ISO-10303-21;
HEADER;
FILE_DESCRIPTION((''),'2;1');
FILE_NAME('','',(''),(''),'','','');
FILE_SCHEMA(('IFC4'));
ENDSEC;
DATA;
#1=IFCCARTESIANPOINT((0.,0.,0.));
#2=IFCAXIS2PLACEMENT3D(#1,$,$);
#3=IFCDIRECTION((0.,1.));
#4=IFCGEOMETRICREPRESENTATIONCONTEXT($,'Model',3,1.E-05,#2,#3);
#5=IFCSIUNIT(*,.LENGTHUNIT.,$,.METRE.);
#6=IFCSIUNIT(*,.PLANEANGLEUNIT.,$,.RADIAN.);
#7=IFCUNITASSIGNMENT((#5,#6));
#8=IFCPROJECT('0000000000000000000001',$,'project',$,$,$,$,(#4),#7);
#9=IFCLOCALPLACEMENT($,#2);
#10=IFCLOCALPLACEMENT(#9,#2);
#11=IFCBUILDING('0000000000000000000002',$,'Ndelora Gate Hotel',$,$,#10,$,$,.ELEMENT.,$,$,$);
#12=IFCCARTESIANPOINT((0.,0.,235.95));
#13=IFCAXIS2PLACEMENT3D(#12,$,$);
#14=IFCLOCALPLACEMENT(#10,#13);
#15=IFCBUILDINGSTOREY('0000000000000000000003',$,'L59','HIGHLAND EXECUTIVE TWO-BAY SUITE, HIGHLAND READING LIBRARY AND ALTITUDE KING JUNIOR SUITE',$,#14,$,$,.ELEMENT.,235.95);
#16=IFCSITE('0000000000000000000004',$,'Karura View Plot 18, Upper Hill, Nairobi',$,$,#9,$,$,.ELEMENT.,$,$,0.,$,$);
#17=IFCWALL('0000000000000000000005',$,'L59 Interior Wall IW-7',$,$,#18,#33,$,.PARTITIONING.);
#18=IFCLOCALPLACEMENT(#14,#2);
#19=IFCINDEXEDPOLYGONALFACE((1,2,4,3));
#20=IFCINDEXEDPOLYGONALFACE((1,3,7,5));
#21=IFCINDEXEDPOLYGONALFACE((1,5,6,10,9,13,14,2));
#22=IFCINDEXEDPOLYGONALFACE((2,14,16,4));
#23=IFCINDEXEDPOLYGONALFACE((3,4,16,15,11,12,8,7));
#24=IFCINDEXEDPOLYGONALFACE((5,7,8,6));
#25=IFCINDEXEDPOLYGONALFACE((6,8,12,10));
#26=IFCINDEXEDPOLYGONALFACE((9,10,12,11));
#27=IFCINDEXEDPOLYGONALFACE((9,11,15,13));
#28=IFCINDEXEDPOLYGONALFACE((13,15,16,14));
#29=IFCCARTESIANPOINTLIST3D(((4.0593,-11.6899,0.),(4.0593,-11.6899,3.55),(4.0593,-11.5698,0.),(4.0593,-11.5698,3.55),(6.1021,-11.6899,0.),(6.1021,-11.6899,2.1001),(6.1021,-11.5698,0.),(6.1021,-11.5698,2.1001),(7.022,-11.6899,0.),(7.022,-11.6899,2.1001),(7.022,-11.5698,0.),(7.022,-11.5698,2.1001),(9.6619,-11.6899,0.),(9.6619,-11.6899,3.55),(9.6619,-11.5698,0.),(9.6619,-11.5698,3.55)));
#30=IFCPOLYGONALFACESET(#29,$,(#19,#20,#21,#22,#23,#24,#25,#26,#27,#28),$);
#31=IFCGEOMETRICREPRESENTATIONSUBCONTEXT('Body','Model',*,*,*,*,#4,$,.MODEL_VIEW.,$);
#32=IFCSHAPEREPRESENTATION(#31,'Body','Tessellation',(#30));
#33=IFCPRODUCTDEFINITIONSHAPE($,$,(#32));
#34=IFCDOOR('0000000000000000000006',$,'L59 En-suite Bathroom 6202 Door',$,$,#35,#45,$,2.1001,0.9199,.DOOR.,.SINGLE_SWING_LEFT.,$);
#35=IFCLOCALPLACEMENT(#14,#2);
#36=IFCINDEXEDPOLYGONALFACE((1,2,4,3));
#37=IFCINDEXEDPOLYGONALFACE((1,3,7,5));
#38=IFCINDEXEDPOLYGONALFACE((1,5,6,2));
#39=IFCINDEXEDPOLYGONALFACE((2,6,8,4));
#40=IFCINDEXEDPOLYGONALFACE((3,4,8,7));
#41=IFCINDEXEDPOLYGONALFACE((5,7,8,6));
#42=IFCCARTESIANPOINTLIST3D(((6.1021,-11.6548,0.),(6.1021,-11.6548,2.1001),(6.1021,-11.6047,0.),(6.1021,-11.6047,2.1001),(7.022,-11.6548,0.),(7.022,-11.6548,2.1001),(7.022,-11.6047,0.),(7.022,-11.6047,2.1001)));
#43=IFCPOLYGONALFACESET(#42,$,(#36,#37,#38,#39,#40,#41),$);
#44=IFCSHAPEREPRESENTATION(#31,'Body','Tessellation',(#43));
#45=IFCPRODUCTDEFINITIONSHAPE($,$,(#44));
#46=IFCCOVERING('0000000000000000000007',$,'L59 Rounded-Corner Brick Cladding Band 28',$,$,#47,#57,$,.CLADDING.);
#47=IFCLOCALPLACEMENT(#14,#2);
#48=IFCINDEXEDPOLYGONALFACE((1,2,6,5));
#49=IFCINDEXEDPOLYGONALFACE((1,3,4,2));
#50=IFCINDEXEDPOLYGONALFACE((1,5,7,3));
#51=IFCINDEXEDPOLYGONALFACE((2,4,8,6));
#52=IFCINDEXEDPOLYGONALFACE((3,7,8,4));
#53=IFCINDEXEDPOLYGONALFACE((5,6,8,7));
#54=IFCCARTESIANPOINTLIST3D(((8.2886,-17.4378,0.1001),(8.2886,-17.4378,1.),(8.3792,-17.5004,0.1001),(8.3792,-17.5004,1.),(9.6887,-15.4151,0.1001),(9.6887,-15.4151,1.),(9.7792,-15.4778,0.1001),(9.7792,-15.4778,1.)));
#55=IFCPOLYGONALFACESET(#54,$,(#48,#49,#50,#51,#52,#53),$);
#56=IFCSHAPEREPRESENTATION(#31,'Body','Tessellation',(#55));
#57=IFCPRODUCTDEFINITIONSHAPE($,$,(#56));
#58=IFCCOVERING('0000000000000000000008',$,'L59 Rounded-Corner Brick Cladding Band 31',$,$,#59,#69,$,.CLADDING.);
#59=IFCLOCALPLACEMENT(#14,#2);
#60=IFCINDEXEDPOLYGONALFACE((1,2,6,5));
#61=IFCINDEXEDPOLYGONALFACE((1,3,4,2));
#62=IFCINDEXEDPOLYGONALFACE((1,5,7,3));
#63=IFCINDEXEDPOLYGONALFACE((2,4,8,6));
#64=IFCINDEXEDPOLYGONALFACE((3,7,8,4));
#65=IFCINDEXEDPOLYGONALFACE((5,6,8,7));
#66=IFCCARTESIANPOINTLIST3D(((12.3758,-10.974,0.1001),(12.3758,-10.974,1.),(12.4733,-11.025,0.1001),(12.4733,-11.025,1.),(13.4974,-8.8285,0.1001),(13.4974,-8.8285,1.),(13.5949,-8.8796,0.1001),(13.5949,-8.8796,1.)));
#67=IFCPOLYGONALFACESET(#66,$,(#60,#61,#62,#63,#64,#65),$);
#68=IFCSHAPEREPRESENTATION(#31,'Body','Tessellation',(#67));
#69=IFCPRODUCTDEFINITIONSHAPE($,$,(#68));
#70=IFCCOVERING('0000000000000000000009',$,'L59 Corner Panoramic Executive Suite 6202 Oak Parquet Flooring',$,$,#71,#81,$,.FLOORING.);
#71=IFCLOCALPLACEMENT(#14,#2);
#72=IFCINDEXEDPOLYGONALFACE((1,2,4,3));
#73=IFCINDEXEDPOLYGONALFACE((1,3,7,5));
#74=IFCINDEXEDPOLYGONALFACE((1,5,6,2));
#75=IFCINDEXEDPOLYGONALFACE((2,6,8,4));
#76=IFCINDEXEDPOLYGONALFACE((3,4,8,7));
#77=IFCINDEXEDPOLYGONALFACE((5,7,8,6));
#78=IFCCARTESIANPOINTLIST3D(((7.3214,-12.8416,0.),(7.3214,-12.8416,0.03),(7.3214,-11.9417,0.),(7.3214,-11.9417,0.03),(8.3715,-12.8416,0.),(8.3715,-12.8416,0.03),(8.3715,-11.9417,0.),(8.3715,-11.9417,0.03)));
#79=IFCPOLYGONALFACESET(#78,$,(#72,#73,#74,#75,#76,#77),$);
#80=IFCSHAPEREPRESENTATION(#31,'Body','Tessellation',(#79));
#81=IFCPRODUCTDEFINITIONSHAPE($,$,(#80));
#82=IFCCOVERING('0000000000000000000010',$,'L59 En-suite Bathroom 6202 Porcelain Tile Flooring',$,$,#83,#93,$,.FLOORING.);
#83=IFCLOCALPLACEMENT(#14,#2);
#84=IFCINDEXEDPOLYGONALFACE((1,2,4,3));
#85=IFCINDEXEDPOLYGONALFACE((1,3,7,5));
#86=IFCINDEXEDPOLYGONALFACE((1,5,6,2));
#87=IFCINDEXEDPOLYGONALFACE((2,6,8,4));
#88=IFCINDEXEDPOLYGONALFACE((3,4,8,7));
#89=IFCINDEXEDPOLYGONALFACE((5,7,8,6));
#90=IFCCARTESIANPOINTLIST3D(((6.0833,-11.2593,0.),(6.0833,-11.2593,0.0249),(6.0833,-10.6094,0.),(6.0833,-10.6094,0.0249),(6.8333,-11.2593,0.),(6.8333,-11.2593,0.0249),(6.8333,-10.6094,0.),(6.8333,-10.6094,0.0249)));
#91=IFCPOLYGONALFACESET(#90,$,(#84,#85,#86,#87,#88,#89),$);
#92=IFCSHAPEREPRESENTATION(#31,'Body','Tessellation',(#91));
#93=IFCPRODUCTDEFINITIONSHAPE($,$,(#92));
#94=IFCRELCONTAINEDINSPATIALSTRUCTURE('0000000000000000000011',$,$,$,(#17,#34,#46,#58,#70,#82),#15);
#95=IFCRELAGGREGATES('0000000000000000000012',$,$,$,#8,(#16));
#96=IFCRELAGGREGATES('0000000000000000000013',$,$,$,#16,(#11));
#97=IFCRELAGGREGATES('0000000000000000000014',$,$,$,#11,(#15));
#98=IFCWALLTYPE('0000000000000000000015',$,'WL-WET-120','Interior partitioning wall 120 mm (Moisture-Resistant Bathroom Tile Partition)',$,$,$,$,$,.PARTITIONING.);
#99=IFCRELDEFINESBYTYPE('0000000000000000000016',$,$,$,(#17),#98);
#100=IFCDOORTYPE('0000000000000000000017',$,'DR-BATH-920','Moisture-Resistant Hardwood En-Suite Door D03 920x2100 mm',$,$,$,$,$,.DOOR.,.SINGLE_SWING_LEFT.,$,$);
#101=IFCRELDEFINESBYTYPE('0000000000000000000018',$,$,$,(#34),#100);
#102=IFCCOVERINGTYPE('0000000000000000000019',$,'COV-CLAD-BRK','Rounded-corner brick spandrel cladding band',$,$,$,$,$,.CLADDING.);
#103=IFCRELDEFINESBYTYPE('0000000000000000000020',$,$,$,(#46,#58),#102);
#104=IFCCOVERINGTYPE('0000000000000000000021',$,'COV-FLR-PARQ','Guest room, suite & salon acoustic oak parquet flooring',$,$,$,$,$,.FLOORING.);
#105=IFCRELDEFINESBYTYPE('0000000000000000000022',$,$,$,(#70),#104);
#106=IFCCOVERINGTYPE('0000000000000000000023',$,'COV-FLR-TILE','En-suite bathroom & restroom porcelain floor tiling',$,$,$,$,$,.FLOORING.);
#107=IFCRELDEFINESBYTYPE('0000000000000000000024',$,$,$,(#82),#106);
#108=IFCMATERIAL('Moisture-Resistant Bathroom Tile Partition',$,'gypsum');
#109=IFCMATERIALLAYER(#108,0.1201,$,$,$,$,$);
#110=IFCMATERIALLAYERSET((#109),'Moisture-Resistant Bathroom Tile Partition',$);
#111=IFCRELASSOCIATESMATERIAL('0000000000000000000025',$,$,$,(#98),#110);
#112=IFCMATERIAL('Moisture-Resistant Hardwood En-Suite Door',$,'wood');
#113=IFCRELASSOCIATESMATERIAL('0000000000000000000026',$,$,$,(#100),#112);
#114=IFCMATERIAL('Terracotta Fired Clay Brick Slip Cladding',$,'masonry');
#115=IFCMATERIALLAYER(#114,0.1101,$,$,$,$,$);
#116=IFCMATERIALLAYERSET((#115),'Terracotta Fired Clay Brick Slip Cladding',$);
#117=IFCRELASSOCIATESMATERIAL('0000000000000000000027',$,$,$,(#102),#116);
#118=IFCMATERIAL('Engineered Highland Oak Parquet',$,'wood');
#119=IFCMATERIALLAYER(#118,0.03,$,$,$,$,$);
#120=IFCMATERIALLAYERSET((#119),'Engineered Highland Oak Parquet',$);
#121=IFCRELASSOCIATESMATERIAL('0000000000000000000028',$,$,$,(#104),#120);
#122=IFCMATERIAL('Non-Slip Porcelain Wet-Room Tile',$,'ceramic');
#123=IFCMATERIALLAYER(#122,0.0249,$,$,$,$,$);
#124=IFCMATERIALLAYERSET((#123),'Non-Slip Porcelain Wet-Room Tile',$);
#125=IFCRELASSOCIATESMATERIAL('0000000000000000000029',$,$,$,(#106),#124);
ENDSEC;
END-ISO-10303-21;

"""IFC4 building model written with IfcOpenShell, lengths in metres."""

from ifc_helpers import new_model, si_unit, direction, frame, frame_2d, origin, origin_2d, place, context, subcontext, project, spatial, rectangle, extrude, material, layer, layer_set, type_object, element, fill, save


model = new_model("IFC4")

# Units and contexts
model_context = context("Model", 3, precision=1e-05, world=origin(), true_north=direction((0.0, 1.0)))
body_context = subcontext(model_context, "Body", "Model", "MODEL_VIEW")
ifc_project = project(units=[si_unit("LENGTHUNIT", "METRE"), si_unit("PLANEANGLEUNIT", "RADIAN")], contexts=[model_context])

# Site, building, storey
site_placement = place(None, origin())
site = spatial("IfcSite", under=ifc_project, at=site_placement, Name="Karura View Plot 18, Upper Hill, Nairobi", CompositionType="ELEMENT", RefElevation=0.0)
building_placement = place(site_placement, origin())
building = spatial("IfcBuilding", under=site, at=building_placement, Name="Ndelora Gate Hotel", CompositionType="ELEMENT")
storey_placement = place(building_placement, frame((0.0, 0.0, 235.95)))
storey = spatial("IfcBuildingStorey", under=building, at=storey_placement, Name="L59", Description="HIGHLAND EXECUTIVE TWO-BAY SUITE, HIGHLAND READING LIBRARY AND ALTITUDE KING JUNIOR SUITE", CompositionType="ELEMENT", Elevation=235.95)

# Shared definitions
ifc_material_1 = material(Name="Moisture-Resistant Bathroom Tile Partition", Category="gypsum")
ifc_layer_1 = layer(ifc_material_1, 0.1201)
ifc_layer_set_1 = layer_set([ifc_layer_1], Name="Moisture-Resistant Bathroom Tile Partition")
wall_type_1 = type_object("IfcWallType", Name="WL-WET-120", Description="Interior partitioning wall 120 mm (Moisture-Resistant Bathroom Tile Partition)", PredefinedType="PARTITIONING", material=ifc_layer_set_1)

# Wall, opening, door
wall_1_placement = place(storey_placement, frame((9.6619, -11.6299, 0.0), z_axis=(0.0, 0.0, 1.0), x_axis=(-1.0, 0.0, 0.0)))
wall_1 = element("IfcWall", 1, at=wall_1_placement, inside=storey, type_object=wall_type_1, Name="L59 Interior Wall IW-7", PredefinedType="PARTITIONING", context=body_context, shape_type="SweptSolid", body=[
    extrude(rectangle(XDim=5.6025, YDim=0.1201, at=frame_2d((2.8013, 0.0))), origin(), (0.0, 0.0, 1.0), 3.55),
])
opening_1_placement = place(wall_1_placement, frame((2.6399, 0.0, 0.0)))
opening_1 = element("IfcOpeningElement", 2, at=opening_1_placement, cuts=wall_1, PredefinedType="OPENING", context=body_context, shape_type="SweptSolid", body=[
    extrude(rectangle(XDim=0.9199, YDim=2.1001, at=frame_2d((0.46, 1.05))), frame((0.0, 0.0701, 0.0), z_axis=(0.0, -1.0, 0.0), x_axis=(1.0, 0.0, 0.0)), (0.0, 0.0, 1.0), 0.1401),
])
ifc_material_2 = material(Name="Moisture-Resistant Hardwood En-Suite Door", Category="wood")
door_type_1 = type_object("IfcDoorType", Name="DR-BATH-920", Description="Moisture-Resistant Hardwood En-Suite Door D03 920x2100 mm", OperationType="SINGLE_SWING_LEFT", PredefinedType="DOOR", material=ifc_material_2)
door_1_placement = place(opening_1_placement, origin())
door_1 = element("IfcDoor", 3, at=door_1_placement, inside=storey, type_object=door_type_1, Name="L59 En-suite Bathroom 6202 Door", OperationType="SINGLE_SWING_LEFT", OverallHeight=2.1001, OverallWidth=0.9199, PredefinedType="DOOR", context=body_context, shape_type="SweptSolid", body=[
    extrude(rectangle(XDim=0.9199, YDim=2.1001, at=frame_2d((0.46, 1.05))), frame((0.0, 0.0249, 0.0), z_axis=(0.0, -1.0, 0.0), x_axis=(1.0, 0.0, 0.0)), (0.0, 0.0, 1.0), 0.05),
])
fill(opening_1, door_1)

# Coverings
ifc_material_3 = material(Name="Terracotta Fired Clay Brick Slip Cladding", Category="masonry")
ifc_layer_2 = layer(ifc_material_3, 0.1101)
ifc_layer_set_2 = layer_set([ifc_layer_2], Name="Terracotta Fired Clay Brick Slip Cladding")
covering_type_1 = type_object("IfcCoveringType", Name="COV-CLAD-BRK", Description="Rounded-corner brick spandrel cladding band", PredefinedType="CLADDING", material=ifc_layer_set_2)
covering_1_placement = place(storey_placement, frame((9.0339, -16.4578, 0.1001), z_axis=(0.0, 0.0, 1.0), x_axis=(0.569136, 0.822243, 0.0)))
element("IfcCovering", 4, at=covering_1_placement, inside=storey, type_object=covering_type_1, Name="L59 Rounded-Corner Brick Cladding Band 28", PredefinedType="CLADDING", context=body_context, shape_type="SweptSolid", body=[
    extrude(rectangle(XDim=2.46, YDim=0.1101, at=origin_2d()), origin(), (0.0, 0.0, 1.0), 0.8999),
])
covering_2_placement = place(storey_placement, frame((12.9854, -9.9268, 0.1001), z_axis=(0.0, 0.0, 1.0), x_axis=(0.463296, 0.886204, 0.0)))
element("IfcCovering", 5, at=covering_2_placement, inside=storey, type_object=covering_type_1, Name="L59 Rounded-Corner Brick Cladding Band 31", PredefinedType="CLADDING", context=body_context, shape_type="SweptSolid", body=[
    extrude(rectangle(XDim=2.4209, YDim=0.1101, at=origin_2d()), origin(), (0.0, 0.0, 1.0), 0.8999),
])
ifc_material_4 = material(Name="Engineered Highland Oak Parquet", Category="wood")
ifc_layer_3 = layer(ifc_material_4, 0.03)
ifc_layer_set_3 = layer_set([ifc_layer_3], Name="Engineered Highland Oak Parquet")
covering_type_2 = type_object("IfcCoveringType", Name="COV-FLR-PARQ", Description="Guest room, suite & salon acoustic oak parquet flooring", PredefinedType="FLOORING", material=ifc_layer_set_3)
covering_3_placement = place(storey_placement, frame((7.8464, -12.3916, 0.0), z_axis=(0.0, 0.0, 1.0), x_axis=(1.0, 0.0, 0.0)))
element("IfcCovering", 6, at=covering_3_placement, inside=storey, type_object=covering_type_2, Name="L59 Corner Panoramic Executive Suite 6202 Oak Parquet Flooring", PredefinedType="FLOORING", context=body_context, shape_type="SweptSolid", body=[
    extrude(rectangle(XDim=1.05, YDim=0.8999, at=origin_2d()), origin(), (0.0, 0.0, 1.0), 0.03),
])
ifc_material_5 = material(Name="Non-Slip Porcelain Wet-Room Tile", Category="ceramic")
ifc_layer_4 = layer(ifc_material_5, 0.0249)
ifc_layer_set_4 = layer_set([ifc_layer_4], Name="Non-Slip Porcelain Wet-Room Tile")
covering_type_3 = type_object("IfcCoveringType", Name="COV-FLR-TILE", Description="En-suite bathroom & restroom porcelain floor tiling", PredefinedType="FLOORING", material=ifc_layer_set_4)
covering_4_placement = place(storey_placement, frame((6.4583, -10.9343, 0.0), z_axis=(0.0, 0.0, 1.0), x_axis=(1.0, 0.0, 0.0)))
element("IfcCovering", 7, at=covering_4_placement, inside=storey, type_object=covering_type_3, Name="L59 En-suite Bathroom 6202 Porcelain Tile Flooring", PredefinedType="FLOORING", context=body_context, shape_type="SweptSolid", body=[
    extrude(rectangle(XDim=0.75, YDim=0.6499, at=origin_2d()), origin(), (0.0, 0.0, 1.0), 0.0249),
])

save(model, "model.ifc")
